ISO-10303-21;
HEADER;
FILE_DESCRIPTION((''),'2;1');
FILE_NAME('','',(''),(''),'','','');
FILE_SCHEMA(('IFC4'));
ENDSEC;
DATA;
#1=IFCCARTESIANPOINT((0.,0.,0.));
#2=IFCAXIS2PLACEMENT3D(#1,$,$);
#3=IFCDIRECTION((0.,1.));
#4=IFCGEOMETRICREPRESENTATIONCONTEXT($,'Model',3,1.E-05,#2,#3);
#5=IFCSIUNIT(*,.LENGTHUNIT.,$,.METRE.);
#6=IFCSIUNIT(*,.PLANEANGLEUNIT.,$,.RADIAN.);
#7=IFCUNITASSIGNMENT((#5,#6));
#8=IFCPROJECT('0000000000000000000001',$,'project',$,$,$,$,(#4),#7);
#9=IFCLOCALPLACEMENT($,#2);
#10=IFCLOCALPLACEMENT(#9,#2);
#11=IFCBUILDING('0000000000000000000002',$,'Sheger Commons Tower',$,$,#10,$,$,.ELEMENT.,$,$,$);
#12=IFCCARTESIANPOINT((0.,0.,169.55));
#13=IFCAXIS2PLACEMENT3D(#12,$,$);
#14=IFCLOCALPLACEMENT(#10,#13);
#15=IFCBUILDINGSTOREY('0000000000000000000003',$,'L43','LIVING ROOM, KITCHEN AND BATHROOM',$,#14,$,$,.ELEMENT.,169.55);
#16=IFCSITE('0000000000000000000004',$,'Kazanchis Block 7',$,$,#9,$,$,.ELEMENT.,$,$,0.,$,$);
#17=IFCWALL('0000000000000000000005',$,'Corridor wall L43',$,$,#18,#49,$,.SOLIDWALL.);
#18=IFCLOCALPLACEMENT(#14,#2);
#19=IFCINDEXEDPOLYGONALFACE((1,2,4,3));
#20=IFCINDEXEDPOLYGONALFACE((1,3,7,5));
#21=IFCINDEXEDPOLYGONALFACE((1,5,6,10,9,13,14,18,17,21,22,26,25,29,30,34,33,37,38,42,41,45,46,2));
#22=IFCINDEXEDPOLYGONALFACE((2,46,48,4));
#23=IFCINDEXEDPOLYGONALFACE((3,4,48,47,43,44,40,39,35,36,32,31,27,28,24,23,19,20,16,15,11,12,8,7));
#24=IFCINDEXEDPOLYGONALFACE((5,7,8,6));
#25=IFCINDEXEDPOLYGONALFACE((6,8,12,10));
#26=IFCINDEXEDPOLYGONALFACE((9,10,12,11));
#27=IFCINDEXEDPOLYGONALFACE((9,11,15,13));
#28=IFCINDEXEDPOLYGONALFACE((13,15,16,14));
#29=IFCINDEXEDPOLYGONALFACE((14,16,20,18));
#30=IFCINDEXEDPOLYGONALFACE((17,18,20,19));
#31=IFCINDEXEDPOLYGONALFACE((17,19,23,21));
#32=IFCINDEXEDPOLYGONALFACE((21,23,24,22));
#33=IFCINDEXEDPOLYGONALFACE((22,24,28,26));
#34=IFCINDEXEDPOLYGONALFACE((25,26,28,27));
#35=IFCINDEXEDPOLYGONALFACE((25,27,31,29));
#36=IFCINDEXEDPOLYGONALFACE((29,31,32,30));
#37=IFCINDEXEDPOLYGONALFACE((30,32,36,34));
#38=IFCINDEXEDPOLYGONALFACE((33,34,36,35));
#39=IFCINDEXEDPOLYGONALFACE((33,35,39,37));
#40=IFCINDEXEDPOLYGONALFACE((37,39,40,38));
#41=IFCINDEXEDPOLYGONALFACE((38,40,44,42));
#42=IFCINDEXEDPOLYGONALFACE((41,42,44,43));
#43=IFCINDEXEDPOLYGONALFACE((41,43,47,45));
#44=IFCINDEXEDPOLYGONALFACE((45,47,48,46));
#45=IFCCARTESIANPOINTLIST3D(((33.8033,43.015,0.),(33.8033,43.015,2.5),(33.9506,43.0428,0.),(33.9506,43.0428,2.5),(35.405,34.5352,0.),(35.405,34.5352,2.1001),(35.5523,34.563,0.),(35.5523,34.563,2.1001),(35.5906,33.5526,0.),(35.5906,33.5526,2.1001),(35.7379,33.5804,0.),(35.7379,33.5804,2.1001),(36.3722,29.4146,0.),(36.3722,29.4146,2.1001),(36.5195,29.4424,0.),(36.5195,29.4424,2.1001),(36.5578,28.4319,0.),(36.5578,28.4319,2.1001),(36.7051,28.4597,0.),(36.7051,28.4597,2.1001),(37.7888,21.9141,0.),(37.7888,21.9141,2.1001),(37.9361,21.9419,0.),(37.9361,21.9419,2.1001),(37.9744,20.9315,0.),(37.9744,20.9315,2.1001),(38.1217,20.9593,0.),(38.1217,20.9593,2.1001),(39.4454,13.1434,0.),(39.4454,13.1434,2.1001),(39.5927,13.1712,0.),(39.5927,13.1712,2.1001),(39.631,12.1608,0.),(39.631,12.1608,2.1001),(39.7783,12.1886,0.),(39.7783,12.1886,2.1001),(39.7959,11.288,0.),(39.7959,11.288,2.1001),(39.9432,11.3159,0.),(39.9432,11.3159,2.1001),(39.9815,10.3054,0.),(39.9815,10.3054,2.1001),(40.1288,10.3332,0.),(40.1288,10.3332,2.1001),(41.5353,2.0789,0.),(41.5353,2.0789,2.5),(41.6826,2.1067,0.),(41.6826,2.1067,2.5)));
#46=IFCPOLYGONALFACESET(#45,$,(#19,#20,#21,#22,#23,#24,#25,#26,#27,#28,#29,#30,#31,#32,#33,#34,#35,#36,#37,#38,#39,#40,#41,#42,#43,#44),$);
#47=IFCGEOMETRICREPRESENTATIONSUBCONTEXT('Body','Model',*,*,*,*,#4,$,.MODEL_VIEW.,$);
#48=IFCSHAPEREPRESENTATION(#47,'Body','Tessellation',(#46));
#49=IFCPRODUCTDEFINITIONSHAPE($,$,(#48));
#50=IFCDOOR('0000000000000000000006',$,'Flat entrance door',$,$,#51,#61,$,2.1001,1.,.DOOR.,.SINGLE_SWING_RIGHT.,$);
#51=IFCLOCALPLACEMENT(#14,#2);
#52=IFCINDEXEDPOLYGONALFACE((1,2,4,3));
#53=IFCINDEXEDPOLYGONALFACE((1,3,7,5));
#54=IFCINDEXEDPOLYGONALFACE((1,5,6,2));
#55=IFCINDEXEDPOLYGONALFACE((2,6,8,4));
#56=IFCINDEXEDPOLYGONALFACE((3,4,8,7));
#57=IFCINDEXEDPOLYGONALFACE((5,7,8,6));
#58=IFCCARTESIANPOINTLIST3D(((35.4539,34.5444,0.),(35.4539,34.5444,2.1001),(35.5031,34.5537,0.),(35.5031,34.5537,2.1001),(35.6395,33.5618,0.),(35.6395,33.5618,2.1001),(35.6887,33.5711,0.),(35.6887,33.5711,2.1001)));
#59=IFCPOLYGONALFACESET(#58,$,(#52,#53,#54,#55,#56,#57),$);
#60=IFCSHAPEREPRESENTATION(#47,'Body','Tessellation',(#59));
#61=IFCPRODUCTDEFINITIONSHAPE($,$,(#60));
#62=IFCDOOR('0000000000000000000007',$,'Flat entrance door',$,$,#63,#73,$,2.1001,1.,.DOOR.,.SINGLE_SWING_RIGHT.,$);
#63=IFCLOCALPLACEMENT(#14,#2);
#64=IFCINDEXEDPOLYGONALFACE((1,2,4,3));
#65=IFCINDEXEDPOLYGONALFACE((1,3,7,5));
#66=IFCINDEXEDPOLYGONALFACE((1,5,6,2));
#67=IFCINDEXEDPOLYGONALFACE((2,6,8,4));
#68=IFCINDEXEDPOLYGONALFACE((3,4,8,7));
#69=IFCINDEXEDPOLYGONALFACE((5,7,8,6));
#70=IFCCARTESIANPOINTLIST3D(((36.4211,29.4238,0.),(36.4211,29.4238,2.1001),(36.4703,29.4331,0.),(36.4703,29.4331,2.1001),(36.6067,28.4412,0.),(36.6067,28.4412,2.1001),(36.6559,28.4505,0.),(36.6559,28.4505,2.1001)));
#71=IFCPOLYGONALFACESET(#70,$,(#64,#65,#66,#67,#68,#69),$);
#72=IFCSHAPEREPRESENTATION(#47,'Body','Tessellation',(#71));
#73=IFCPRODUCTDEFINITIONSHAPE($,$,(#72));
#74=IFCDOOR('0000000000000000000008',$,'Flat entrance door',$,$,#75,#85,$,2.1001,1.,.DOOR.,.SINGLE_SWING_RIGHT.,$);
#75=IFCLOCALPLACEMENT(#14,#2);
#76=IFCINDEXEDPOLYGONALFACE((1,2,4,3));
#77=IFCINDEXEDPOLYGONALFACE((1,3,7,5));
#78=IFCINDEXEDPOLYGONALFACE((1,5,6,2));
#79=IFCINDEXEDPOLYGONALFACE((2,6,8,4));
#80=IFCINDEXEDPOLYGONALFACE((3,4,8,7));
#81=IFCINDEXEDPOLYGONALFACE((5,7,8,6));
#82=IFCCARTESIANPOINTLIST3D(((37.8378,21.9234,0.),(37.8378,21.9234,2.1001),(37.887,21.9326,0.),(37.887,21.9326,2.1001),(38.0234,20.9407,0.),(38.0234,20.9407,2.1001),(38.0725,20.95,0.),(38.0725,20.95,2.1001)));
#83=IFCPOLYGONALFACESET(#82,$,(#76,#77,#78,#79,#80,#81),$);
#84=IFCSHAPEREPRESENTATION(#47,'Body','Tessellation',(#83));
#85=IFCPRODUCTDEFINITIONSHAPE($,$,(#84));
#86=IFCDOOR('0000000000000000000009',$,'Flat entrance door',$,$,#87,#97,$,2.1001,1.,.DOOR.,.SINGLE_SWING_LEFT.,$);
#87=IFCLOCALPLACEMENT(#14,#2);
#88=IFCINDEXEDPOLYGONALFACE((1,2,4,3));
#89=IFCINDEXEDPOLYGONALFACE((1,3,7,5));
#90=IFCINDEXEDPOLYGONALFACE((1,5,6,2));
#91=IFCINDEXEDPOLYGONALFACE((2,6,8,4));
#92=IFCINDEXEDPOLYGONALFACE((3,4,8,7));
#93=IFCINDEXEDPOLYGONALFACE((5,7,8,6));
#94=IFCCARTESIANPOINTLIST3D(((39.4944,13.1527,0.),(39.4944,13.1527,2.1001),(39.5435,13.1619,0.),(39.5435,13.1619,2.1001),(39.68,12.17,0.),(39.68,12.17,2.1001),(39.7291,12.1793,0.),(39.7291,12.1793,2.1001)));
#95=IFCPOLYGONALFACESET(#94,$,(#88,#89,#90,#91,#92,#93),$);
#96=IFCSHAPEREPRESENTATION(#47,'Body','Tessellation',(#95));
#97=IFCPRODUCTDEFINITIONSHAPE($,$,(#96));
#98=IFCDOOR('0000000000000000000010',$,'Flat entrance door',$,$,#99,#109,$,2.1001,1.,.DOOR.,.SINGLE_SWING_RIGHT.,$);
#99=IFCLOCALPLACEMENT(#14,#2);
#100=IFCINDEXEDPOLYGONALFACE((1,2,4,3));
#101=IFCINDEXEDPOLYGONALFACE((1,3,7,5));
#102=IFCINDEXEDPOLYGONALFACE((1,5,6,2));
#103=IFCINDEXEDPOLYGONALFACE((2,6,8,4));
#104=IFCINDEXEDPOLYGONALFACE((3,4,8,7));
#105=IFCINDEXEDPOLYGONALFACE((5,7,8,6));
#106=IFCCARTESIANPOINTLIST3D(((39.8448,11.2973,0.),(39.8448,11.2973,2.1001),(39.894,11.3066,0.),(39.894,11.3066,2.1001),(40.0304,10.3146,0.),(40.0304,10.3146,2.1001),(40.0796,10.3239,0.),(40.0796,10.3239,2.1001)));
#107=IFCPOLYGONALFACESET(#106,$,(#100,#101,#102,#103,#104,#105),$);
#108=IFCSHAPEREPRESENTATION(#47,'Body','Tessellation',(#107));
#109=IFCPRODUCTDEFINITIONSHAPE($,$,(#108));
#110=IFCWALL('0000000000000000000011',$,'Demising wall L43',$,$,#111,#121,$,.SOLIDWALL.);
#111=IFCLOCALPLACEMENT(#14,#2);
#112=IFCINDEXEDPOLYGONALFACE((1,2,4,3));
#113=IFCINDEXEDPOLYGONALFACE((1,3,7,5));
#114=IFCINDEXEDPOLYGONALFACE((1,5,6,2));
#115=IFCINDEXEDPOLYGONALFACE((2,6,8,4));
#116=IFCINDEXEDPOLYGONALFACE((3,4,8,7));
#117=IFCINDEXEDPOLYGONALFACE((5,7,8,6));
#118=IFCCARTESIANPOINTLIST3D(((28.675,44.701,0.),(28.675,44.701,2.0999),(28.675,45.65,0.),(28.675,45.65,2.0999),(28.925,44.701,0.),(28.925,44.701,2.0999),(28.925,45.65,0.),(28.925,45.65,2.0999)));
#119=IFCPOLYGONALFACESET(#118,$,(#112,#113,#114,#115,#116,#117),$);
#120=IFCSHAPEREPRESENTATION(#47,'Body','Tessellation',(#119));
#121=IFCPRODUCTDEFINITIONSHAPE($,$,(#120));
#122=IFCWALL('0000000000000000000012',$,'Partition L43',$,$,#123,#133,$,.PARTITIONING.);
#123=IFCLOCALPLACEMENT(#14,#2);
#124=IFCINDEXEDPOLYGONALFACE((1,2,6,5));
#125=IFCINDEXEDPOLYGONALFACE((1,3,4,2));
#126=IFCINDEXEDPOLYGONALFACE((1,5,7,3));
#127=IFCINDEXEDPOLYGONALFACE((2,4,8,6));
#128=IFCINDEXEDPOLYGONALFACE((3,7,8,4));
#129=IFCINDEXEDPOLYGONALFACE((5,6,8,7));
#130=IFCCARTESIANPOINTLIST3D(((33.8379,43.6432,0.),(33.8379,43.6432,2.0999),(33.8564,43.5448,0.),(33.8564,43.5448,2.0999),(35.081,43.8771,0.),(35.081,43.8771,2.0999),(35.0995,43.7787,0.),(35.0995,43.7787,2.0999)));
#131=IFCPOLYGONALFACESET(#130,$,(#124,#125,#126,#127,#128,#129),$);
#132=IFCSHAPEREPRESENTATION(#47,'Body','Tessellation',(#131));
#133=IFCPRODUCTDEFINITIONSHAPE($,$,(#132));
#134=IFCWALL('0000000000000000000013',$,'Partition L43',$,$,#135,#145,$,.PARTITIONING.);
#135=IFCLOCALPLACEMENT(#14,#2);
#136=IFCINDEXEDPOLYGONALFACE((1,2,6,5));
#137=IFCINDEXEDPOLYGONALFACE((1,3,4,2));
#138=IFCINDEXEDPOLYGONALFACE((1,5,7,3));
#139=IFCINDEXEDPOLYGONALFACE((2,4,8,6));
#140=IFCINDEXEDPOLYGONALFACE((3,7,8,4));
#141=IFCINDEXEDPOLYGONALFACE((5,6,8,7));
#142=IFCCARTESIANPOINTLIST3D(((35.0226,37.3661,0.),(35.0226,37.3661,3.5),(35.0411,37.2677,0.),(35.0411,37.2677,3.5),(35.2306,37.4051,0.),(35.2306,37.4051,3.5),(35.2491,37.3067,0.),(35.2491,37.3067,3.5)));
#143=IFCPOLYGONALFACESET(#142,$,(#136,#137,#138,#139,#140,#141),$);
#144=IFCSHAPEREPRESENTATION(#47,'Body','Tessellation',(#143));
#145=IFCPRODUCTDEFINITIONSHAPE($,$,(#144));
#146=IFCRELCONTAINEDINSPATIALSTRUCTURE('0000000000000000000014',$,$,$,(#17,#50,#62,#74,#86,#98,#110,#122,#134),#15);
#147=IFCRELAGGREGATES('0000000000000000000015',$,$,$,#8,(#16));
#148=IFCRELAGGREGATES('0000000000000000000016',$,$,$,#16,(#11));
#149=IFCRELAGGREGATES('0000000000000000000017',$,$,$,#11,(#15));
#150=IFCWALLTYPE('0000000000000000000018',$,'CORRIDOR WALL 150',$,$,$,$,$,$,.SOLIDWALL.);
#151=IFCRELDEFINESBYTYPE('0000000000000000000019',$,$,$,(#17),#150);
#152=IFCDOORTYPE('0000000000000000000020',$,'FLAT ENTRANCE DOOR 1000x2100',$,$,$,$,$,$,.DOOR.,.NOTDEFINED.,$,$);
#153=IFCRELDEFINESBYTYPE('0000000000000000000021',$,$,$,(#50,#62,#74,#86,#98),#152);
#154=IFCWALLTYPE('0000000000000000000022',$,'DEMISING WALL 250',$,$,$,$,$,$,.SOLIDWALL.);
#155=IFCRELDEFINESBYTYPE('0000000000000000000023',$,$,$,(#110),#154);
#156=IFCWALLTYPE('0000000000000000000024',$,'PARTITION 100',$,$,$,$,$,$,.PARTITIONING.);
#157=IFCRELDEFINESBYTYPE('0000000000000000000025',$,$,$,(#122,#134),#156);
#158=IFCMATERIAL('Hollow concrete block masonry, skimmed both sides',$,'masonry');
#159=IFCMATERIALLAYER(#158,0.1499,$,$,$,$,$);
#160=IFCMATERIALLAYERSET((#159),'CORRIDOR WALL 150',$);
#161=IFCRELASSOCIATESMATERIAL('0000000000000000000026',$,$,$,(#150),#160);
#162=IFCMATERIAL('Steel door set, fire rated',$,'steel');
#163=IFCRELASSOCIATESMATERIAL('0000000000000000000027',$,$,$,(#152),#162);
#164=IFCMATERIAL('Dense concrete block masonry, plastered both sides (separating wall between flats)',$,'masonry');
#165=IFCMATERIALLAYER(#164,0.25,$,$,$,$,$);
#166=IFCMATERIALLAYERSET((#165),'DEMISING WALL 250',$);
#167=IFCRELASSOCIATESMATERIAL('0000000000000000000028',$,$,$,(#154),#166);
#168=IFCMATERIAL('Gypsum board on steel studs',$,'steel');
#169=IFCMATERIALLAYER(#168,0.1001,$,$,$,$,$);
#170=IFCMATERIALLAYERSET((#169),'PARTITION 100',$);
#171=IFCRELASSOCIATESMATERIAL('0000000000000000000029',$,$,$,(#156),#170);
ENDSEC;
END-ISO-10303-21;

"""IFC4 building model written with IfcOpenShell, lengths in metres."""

from ifc_helpers import new_model, si_unit, direction, frame, frame_2d, origin, place, context, subcontext, project, spatial, rectangle, extrude, material, layer, layer_set, type_object, element, fill, save


model = new_model("IFC4")

# Units and contexts
model_context = context("Model", 3, precision=1e-05, world=origin(), true_north=direction((0.0, 1.0)))
body_context = subcontext(model_context, "Body", "Model", "MODEL_VIEW")
ifc_project = project(units=[si_unit("LENGTHUNIT", "METRE"), si_unit("PLANEANGLEUNIT", "RADIAN")], contexts=[model_context])

# Site, building, storey
site_placement = place(None, origin())
site = spatial("IfcSite", under=ifc_project, at=site_placement, Name="Kazanchis Block 7", CompositionType="ELEMENT", RefElevation=0.0)
building_placement = place(site_placement, origin())
building = spatial("IfcBuilding", under=site, at=building_placement, Name="Sheger Commons Tower", CompositionType="ELEMENT")
storey_placement = place(building_placement, frame((0.0, 0.0, 169.55)))
storey = spatial("IfcBuildingStorey", under=building, at=storey_placement, Name="L43", Description="LIVING ROOM, KITCHEN AND BATHROOM", CompositionType="ELEMENT", Elevation=169.55)

# Shared definitions
ifc_material_1 = material(Name="Hollow concrete block masonry, skimmed both sides", Category="masonry")
ifc_layer_1 = layer(ifc_material_1, 0.1499)
ifc_layer_set_1 = layer_set([ifc_layer_1], Name="CORRIDOR WALL 150")
wall_type_1 = type_object("IfcWallType", Name="CORRIDOR WALL 150", PredefinedType="SOLIDWALL", material=ifc_layer_set_1)

# Wall, openings, doors
wall_1_placement = place(storey_placement, frame((33.877, 43.0291, 0.0), z_axis=(0.0, 0.0, 1.0), x_axis=(0.185597, -0.982626, 0.0)))
wall_1 = element("IfcWall", 1, at=wall_1_placement, inside=storey, type_object=wall_type_1, Name="Corridor wall L43", PredefinedType="SOLIDWALL", context=body_context, shape_type="SweptSolid", body=[
    extrude(rectangle(XDim=41.6599, YDim=0.1499, at=frame_2d((20.8301, 0.0))), origin(), (0.0, 0.0, 1.0), 2.5),
])
opening_1_placement = place(wall_1_placement, frame((8.6299, 0.0, 0.0)))
opening_1 = element("IfcOpeningElement", 2, at=opening_1_placement, cuts=wall_1, PredefinedType="OPENING", context=body_context, shape_type="SweptSolid", body=[
    extrude(rectangle(XDim=1.0, YDim=2.1001, at=frame_2d((0.5, 1.05))), frame((0.0, 0.085, 0.0), z_axis=(0.0, -1.0, 0.0), x_axis=(1.0, 0.0, 0.0)), (0.0, 0.0, 1.0), 0.1699),
])
opening_2_placement = place(wall_1_placement, frame((13.8411, 0.0, 0.0)))
opening_2 = element("IfcOpeningElement", 3, at=opening_2_placement, cuts=wall_1, PredefinedType="OPENING", context=body_context, shape_type="SweptSolid", body=[
    extrude(rectangle(XDim=1.0, YDim=2.1001, at=frame_2d((0.5, 1.05))), frame((0.0, 0.085, 0.0), z_axis=(0.0, -1.0, 0.0), x_axis=(1.0, 0.0, 0.0)), (0.0, 0.0, 1.0), 0.1699),
])
opening_3_placement = place(wall_1_placement, frame((21.4741, 0.0, 0.0)))
opening_3 = element("IfcOpeningElement", 4, at=opening_3_placement, cuts=wall_1, PredefinedType="OPENING", context=body_context, shape_type="SweptSolid", body=[
    extrude(rectangle(XDim=1.0, YDim=2.1001, at=frame_2d((0.5, 1.05))), frame((0.0, 0.085, 0.0), z_axis=(0.0, -1.0, 0.0), x_axis=(1.0, 0.0, 0.0)), (0.0, 0.0, 1.0), 0.1699),
])
opening_4_placement = place(wall_1_placement, frame((30.3999, 0.0, 0.0)))
opening_4 = element("IfcOpeningElement", 5, at=opening_4_placement, cuts=wall_1, PredefinedType="OPENING", context=body_context, shape_type="SweptSolid", body=[
    extrude(rectangle(XDim=1.0, YDim=2.1001, at=frame_2d((0.5, 1.05))), frame((0.0, 0.085, 0.0), z_axis=(0.0, -1.0, 0.0), x_axis=(1.0, 0.0, 0.0)), (0.0, 0.0, 1.0), 0.1699),
])
opening_5_placement = place(wall_1_placement, frame((32.2881, 0.0, 0.0)))
opening_5 = element("IfcOpeningElement", 6, at=opening_5_placement, cuts=wall_1, PredefinedType="OPENING", context=body_context, shape_type="SweptSolid", body=[
    extrude(rectangle(XDim=1.0, YDim=2.1001, at=frame_2d((0.5, 1.05))), frame((0.0, 0.085, 0.0), z_axis=(0.0, -1.0, 0.0), x_axis=(1.0, 0.0, 0.0)), (0.0, 0.0, 1.0), 0.1699),
])
ifc_material_2 = material(Name="Steel door set, fire rated", Category="steel")
door_type_1 = type_object("IfcDoorType", Name="FLAT ENTRANCE DOOR 1000x2100", OperationType="NOTDEFINED", PredefinedType="DOOR", material=ifc_material_2)
door_1_placement = place(opening_1_placement, origin())
door_1 = element("IfcDoor", 7, at=door_1_placement, inside=storey, type_object=door_type_1, Name="Flat entrance door", OperationType="SINGLE_SWING_RIGHT", OverallHeight=2.1001, OverallWidth=1.0, PredefinedType="DOOR", context=body_context, shape_type="SweptSolid", body=[
    extrude(rectangle(XDim=1.0, YDim=2.1001, at=frame_2d((0.5, 1.05))), frame((0.0, 0.0249, 0.0), z_axis=(0.0, -1.0, 0.0), x_axis=(1.0, 0.0, 0.0)), (0.0, 0.0, 1.0), 0.05),
])
fill(opening_1, door_1)
door_2_placement = place(opening_2_placement, origin())
door_2 = element("IfcDoor", 8, at=door_2_placement, inside=storey, type_object=door_type_1, Name="Flat entrance door", OperationType="SINGLE_SWING_RIGHT", OverallHeight=2.1001, OverallWidth=1.0, PredefinedType="DOOR", context=body_context, shape_type="SweptSolid", body=[
    extrude(rectangle(XDim=1.0, YDim=2.1001, at=frame_2d((0.5, 1.05))), frame((0.0, 0.0249, 0.0), z_axis=(0.0, -1.0, 0.0), x_axis=(1.0, 0.0, 0.0)), (0.0, 0.0, 1.0), 0.05),
])
fill(opening_2, door_2)
door_3_placement = place(opening_3_placement, origin())
door_3 = element("IfcDoor", 9, at=door_3_placement, inside=storey, type_object=door_type_1, Name="Flat entrance door", OperationType="SINGLE_SWING_RIGHT", OverallHeight=2.1001, OverallWidth=1.0, PredefinedType="DOOR", context=body_context, shape_type="SweptSolid", body=[
    extrude(rectangle(XDim=1.0, YDim=2.1001, at=frame_2d((0.5, 1.05))), frame((0.0, 0.0249, 0.0), z_axis=(0.0, -1.0, 0.0), x_axis=(1.0, 0.0, 0.0)), (0.0, 0.0, 1.0), 0.05),
])
fill(opening_3, door_3)
door_4_placement = place(opening_4_placement, origin())
door_4 = element("IfcDoor", 10, at=door_4_placement, inside=storey, type_object=door_type_1, Name="Flat entrance door", OperationType="SINGLE_SWING_LEFT", OverallHeight=2.1001, OverallWidth=1.0, PredefinedType="DOOR", context=body_context, shape_type="SweptSolid", body=[
    extrude(rectangle(XDim=1.0, YDim=2.1001, at=frame_2d((0.5, 1.05))), frame((0.0, 0.0249, 0.0), z_axis=(0.0, -1.0, 0.0), x_axis=(1.0, 0.0, 0.0)), (0.0, 0.0, 1.0), 0.05),
])
fill(opening_4, door_4)
door_5_placement = place(opening_5_placement, origin())
door_5 = element("IfcDoor", 11, at=door_5_placement, inside=storey, type_object=door_type_1, Name="Flat entrance door", OperationType="SINGLE_SWING_RIGHT", OverallHeight=2.1001, OverallWidth=1.0, PredefinedType="DOOR", context=body_context, shape_type="SweptSolid", body=[
    extrude(rectangle(XDim=1.0, YDim=2.1001, at=frame_2d((0.5, 1.05))), frame((0.0, 0.0249, 0.0), z_axis=(0.0, -1.0, 0.0), x_axis=(1.0, 0.0, 0.0)), (0.0, 0.0, 1.0), 0.05),
])
fill(opening_5, door_5)

# Walls
ifc_material_3 = material(Name="Dense concrete block masonry, plastered both sides (separating wall between flats)", Category="masonry")
ifc_layer_2 = layer(ifc_material_3, 0.25)
ifc_layer_set_2 = layer_set([ifc_layer_2], Name="DEMISING WALL 250")
wall_type_2 = type_object("IfcWallType", Name="DEMISING WALL 250", PredefinedType="SOLIDWALL", material=ifc_layer_set_2)
wall_2_placement = place(storey_placement, frame((28.8, 44.7009, 0.0), z_axis=(0.0, 0.0, 1.0), x_axis=(0.0, 1.0, 0.0)))
element("IfcWall", 12, at=wall_2_placement, inside=storey, type_object=wall_type_2, Name="Demising wall L43", PredefinedType="SOLIDWALL", context=body_context, shape_type="SweptSolid", body=[
    extrude(rectangle(XDim=0.949, YDim=0.25, at=frame_2d((0.4746, 0.0))), origin(), (0.0, 0.0, 1.0), 2.0999),
])
ifc_material_4 = material(Name="Gypsum board on steel studs", Category="steel")
ifc_layer_3 = layer(ifc_material_4, 0.1001)
ifc_layer_set_3 = layer_set([ifc_layer_3], Name="PARTITION 100")
wall_type_3 = type_object("IfcWallType", Name="PARTITION 100", PredefinedType="PARTITIONING", material=ifc_layer_set_3)
wall_3_placement = place(storey_placement, frame((35.0901, 43.8279, 0.0), z_axis=(0.0, 0.0, 1.0), x_axis=(-0.982758, -0.184894, 0.0)))
element("IfcWall", 13, at=wall_3_placement, inside=storey, type_object=wall_type_3, Name="Partition L43", PredefinedType="PARTITIONING", context=body_context, shape_type="SweptSolid", body=[
    extrude(rectangle(XDim=1.2649, YDim=0.1001, at=frame_2d((0.6323, 0.0))), origin(), (0.0, 0.0, 1.0), 2.0999),
])
wall_4_placement = place(storey_placement, frame((35.24, 37.356, 0.0), z_axis=(0.0, 0.0, 1.0), x_axis=(-0.98282, -0.184567, 0.0)))
element("IfcWall", 14, at=wall_4_placement, inside=storey, type_object=wall_type_3, Name="Partition L43", PredefinedType="PARTITIONING", context=body_context, shape_type="SweptSolid", body=[
    extrude(rectangle(XDim=0.2117, YDim=0.1001, at=frame_2d((0.106, 0.0))), origin(), (0.0, 0.0, 1.0), 3.5),
])

save(model, "model.ifc")
